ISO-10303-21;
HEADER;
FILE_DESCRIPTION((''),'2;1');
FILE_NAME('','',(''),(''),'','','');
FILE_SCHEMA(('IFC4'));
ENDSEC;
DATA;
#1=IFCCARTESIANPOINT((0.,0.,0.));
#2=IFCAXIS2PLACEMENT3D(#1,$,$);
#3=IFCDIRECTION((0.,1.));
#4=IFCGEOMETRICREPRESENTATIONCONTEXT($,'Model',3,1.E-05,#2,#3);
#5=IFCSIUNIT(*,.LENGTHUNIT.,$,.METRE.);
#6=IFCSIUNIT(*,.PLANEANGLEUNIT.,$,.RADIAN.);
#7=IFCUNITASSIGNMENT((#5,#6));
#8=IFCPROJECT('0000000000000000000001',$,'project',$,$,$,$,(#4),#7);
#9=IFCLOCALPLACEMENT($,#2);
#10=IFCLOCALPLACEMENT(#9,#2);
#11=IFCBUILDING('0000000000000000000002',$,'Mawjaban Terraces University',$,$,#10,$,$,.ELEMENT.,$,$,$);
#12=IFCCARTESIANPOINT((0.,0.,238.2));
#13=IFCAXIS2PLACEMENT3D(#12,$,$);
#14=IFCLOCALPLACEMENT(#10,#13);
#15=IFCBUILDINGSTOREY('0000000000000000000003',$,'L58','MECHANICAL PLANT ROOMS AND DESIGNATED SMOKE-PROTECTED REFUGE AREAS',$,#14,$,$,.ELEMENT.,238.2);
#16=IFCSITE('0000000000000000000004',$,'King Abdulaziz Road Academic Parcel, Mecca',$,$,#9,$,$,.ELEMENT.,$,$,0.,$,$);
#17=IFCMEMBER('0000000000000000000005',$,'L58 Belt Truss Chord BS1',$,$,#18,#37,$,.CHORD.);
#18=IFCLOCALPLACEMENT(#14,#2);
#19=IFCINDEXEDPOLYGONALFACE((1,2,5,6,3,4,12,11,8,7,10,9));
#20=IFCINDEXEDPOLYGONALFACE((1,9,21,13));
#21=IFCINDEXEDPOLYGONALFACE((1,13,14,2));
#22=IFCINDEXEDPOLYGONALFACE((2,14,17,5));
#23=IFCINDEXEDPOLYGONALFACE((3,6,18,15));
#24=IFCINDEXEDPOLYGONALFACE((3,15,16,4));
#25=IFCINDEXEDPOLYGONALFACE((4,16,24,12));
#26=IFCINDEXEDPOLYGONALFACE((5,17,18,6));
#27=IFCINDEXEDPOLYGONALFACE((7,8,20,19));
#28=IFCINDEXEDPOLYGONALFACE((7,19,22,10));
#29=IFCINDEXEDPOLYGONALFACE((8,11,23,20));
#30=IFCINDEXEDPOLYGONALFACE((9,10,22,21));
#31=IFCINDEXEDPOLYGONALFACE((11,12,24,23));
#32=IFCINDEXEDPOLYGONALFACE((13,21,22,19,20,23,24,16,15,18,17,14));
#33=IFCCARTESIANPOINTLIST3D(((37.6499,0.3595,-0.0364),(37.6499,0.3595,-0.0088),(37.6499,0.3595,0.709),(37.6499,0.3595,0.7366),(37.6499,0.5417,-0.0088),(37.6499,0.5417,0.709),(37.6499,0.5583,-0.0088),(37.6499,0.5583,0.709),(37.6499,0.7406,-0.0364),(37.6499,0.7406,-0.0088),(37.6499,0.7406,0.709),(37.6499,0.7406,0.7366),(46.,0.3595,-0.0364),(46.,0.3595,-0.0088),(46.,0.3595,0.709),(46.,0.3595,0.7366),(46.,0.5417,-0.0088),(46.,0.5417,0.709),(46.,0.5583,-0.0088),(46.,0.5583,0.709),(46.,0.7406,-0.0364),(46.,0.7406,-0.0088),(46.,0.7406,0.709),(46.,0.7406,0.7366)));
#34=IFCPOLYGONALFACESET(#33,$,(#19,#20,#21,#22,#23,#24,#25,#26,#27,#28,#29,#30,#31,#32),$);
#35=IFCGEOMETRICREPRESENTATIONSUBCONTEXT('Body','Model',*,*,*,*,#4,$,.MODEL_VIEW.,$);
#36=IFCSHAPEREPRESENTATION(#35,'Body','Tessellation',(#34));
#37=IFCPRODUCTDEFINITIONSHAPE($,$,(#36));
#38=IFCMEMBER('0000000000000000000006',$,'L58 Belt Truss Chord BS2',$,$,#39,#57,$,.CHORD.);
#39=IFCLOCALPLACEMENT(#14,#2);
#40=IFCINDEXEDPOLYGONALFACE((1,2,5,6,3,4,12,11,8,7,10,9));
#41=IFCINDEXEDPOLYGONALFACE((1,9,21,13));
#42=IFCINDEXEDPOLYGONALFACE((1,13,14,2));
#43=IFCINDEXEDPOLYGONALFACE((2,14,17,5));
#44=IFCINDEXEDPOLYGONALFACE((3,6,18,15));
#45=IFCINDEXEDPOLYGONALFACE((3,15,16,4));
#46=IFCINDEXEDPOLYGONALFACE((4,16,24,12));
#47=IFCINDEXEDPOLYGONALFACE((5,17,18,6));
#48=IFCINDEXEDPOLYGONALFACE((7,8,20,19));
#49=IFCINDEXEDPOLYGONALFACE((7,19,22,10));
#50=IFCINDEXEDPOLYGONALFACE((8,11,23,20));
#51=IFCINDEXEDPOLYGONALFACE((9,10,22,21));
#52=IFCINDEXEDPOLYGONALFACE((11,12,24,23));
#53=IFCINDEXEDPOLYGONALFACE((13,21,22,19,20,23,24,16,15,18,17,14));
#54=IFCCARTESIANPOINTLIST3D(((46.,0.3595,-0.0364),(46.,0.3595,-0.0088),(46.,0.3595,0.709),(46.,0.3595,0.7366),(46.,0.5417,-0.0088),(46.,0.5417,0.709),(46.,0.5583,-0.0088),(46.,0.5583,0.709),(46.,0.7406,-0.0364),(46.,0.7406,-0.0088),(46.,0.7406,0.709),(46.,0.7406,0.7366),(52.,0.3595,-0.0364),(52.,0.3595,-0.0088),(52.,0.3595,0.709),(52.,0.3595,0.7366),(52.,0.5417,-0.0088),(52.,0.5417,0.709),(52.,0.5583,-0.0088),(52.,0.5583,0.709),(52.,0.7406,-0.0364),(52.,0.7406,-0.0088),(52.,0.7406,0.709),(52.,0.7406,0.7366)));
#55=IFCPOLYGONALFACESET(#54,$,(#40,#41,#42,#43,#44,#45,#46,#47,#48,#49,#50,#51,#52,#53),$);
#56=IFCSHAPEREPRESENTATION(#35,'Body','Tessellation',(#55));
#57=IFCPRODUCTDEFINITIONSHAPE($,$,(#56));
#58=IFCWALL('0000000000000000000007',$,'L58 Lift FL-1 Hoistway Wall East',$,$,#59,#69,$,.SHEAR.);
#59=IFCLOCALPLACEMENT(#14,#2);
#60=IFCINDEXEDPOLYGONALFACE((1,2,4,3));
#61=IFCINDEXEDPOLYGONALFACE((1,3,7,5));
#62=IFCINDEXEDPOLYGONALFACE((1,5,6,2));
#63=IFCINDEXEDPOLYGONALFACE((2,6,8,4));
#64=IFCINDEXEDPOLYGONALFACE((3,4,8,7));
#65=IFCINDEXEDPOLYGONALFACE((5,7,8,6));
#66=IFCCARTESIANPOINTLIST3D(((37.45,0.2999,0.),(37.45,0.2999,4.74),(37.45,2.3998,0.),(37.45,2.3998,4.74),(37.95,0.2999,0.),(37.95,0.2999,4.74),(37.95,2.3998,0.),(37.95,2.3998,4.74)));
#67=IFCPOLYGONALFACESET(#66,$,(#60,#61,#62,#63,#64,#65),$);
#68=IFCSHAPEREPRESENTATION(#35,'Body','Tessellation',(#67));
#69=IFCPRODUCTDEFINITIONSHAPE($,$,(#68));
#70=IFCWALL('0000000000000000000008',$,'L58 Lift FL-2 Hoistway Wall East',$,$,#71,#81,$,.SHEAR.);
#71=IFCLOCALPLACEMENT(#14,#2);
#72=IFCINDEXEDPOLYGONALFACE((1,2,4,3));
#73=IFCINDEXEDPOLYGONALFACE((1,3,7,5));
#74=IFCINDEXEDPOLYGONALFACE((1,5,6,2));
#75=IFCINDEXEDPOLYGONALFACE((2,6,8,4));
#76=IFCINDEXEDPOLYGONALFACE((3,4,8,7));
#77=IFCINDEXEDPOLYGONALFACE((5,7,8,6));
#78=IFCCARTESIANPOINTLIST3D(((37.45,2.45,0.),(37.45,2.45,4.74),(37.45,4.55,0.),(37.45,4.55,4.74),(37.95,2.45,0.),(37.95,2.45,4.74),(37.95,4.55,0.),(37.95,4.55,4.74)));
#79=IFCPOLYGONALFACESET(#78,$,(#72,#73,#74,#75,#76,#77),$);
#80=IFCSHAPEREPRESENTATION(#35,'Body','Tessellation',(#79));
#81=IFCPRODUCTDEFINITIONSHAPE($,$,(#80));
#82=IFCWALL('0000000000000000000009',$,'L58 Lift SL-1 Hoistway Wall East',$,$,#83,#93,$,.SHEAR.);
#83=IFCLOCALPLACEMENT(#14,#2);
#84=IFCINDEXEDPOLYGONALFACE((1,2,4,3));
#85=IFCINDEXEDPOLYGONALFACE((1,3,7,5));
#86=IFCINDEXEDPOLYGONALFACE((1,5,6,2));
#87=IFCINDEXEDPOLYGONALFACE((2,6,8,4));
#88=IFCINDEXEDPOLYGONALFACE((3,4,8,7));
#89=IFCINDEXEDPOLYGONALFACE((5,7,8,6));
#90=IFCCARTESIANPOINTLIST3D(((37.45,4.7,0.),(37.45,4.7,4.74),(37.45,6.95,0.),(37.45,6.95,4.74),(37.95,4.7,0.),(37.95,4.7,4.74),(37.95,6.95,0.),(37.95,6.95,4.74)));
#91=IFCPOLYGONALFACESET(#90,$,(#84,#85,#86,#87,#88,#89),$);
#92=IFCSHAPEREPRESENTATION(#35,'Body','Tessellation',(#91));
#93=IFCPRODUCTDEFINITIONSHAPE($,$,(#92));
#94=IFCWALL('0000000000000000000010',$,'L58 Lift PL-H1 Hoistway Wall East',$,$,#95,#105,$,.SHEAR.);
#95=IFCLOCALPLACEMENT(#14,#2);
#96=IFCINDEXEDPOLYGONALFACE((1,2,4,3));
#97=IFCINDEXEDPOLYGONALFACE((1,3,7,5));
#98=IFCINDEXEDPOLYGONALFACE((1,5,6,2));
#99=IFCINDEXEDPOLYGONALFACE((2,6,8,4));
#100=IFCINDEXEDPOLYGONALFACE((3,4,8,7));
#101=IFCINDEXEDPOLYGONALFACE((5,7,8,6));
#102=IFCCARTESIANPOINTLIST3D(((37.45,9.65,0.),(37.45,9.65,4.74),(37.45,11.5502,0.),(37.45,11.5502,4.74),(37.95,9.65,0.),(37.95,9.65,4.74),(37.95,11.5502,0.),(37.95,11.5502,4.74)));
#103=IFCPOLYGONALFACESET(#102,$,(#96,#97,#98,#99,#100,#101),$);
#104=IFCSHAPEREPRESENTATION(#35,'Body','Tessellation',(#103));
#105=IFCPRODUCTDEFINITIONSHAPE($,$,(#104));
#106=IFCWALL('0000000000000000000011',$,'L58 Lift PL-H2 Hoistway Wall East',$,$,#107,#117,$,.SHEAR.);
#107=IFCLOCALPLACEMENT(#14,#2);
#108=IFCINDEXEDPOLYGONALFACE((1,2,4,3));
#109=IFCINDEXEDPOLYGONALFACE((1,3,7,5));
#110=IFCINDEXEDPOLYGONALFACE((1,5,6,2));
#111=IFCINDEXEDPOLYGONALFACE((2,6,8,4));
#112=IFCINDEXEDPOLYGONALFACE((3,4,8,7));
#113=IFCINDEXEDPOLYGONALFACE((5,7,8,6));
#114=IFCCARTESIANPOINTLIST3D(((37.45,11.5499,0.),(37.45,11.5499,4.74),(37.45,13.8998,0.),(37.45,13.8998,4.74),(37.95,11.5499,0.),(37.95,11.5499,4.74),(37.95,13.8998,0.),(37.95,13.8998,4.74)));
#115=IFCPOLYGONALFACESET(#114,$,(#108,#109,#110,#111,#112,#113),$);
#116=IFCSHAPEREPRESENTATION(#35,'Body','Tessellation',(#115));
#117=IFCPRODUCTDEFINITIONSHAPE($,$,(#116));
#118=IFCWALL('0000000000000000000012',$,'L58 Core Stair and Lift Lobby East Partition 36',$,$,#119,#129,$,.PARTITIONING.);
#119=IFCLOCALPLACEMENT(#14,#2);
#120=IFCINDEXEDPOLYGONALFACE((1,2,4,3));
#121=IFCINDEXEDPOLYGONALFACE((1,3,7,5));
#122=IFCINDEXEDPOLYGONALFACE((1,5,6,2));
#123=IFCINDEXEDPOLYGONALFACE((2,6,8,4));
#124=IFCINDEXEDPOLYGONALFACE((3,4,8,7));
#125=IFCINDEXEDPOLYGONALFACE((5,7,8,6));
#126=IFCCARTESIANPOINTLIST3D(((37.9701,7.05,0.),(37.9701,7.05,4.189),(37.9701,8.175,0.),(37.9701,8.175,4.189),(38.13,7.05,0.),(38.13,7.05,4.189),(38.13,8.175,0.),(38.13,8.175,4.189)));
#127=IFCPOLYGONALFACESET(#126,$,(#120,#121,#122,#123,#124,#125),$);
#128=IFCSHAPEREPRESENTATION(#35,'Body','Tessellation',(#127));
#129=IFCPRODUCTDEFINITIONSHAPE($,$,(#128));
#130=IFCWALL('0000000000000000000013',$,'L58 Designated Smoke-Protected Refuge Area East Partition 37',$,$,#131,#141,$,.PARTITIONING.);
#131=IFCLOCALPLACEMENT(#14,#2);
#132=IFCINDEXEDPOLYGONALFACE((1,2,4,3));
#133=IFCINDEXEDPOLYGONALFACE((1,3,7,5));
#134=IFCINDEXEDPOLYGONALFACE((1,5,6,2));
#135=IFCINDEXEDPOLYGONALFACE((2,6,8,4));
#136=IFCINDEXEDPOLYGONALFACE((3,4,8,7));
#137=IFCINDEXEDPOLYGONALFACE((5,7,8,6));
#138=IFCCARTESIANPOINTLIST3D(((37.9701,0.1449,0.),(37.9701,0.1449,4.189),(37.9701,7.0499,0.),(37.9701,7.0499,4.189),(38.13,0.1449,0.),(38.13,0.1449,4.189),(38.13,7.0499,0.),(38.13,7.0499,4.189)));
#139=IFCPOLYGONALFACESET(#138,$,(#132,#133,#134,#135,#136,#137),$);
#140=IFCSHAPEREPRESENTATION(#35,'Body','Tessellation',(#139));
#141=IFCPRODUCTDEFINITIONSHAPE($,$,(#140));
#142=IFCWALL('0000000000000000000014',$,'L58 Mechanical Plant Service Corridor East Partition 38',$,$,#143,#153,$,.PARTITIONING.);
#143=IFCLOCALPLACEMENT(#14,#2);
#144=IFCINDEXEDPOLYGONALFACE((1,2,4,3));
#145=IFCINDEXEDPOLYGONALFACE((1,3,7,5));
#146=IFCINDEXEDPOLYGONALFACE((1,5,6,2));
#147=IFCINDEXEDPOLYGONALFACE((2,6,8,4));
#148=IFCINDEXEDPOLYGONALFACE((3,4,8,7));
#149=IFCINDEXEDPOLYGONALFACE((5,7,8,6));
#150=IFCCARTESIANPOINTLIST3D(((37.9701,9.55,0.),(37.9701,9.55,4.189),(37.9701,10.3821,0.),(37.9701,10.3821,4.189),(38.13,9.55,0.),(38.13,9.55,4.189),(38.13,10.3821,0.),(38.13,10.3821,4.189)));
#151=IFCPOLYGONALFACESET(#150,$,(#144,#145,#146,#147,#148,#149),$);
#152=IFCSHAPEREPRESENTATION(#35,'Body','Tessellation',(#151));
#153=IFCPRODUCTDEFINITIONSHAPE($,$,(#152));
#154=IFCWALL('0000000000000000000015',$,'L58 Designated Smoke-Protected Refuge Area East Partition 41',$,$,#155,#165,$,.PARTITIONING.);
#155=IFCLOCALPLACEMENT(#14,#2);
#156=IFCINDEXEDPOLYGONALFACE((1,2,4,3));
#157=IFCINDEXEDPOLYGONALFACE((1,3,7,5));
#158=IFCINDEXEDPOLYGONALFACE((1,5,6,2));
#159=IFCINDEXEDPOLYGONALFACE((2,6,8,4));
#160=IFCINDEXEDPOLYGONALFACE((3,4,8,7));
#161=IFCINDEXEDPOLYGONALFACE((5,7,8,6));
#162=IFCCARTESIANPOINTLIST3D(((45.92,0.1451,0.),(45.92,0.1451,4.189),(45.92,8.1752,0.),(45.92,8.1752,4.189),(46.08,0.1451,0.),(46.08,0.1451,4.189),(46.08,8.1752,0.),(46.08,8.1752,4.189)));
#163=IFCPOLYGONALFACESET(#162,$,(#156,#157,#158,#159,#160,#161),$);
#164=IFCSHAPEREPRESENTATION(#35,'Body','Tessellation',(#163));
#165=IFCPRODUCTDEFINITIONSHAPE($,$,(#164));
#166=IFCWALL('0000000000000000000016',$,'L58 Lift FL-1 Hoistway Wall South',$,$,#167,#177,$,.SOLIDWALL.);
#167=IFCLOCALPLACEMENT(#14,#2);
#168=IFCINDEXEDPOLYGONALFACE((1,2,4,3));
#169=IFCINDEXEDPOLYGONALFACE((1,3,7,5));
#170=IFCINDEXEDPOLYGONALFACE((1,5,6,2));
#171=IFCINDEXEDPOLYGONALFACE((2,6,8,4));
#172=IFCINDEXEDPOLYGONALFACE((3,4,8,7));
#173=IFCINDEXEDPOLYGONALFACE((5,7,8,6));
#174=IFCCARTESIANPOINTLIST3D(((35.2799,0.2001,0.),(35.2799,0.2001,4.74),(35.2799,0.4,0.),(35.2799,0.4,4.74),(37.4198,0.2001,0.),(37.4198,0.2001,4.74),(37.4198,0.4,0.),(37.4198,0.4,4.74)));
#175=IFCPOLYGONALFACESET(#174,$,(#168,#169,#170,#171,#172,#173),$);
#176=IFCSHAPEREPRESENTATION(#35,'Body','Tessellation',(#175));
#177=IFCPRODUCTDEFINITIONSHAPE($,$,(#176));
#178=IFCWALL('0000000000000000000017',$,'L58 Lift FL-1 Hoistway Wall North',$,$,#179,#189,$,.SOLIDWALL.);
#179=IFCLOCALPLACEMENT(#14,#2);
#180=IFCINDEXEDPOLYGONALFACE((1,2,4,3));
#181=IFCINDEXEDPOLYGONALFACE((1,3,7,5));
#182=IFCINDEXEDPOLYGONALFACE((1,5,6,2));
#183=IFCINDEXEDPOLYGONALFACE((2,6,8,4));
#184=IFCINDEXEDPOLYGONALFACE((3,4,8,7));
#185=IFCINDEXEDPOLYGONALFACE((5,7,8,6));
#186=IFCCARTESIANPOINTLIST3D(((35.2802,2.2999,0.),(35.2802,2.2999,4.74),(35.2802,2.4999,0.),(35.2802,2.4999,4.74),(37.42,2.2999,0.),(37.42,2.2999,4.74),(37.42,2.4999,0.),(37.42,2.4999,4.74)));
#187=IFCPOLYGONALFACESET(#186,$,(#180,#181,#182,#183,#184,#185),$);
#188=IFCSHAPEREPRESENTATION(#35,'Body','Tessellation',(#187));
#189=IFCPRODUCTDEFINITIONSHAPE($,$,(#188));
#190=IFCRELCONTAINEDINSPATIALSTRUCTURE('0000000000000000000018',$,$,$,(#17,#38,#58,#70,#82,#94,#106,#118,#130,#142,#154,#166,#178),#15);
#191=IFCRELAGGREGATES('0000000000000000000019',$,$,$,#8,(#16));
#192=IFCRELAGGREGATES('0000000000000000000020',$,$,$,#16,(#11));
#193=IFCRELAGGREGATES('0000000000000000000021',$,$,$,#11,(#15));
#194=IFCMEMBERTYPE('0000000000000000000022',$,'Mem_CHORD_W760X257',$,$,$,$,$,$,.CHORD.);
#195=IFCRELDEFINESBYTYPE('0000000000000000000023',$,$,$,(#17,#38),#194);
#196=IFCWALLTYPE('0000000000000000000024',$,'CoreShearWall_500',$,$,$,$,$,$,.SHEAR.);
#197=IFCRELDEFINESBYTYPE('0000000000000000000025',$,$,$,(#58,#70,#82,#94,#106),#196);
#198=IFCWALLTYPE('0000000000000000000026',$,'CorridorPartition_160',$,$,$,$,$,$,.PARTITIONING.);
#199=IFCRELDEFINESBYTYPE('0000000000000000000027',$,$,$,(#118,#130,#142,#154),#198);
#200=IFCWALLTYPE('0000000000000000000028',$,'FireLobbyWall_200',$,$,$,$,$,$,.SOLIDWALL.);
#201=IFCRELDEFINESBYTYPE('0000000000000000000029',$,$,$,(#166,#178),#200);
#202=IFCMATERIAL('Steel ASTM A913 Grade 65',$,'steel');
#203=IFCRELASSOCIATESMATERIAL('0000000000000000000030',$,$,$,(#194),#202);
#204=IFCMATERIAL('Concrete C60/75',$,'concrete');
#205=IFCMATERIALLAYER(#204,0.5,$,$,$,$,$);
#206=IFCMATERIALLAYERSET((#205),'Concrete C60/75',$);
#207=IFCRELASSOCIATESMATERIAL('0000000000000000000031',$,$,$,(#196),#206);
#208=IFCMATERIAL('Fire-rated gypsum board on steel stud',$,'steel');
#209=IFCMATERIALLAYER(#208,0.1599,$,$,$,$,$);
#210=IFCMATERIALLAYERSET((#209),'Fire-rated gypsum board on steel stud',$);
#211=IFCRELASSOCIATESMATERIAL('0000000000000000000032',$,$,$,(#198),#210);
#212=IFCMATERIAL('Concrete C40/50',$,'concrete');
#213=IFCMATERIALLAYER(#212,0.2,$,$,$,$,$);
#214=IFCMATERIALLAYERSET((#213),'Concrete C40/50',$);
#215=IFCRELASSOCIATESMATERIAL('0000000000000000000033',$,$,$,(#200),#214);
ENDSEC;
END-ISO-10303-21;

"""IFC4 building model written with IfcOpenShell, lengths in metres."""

from ifc_helpers import new_model, si_unit, direction, frame, frame_2d, origin, origin_2d, place, context, subcontext, project, spatial, rectangle, i_section, extrude, material, layer, layer_set, material_profile, profile_set, type_object, element, save


model = new_model("IFC4")

# Units and contexts
model_context = context("Model", 3, precision=1e-05, world=origin(), true_north=direction((0.0, 1.0)))
body_context = subcontext(model_context, "Body", "Model", "MODEL_VIEW")
ifc_project = project(units=[si_unit("LENGTHUNIT", "METRE"), si_unit("PLANEANGLEUNIT", "RADIAN")], contexts=[model_context])

# Site, building, storey
site_placement = place(None, origin())
site = spatial("IfcSite", under=ifc_project, at=site_placement, Name="King Abdulaziz Road Academic Parcel, Mecca", CompositionType="ELEMENT", RefElevation=0.0)
building_placement = place(site_placement, origin())
building = spatial("IfcBuilding", under=site, at=building_placement, Name="Mawjaban Terraces University", CompositionType="ELEMENT")
storey_placement = place(building_placement, frame((0.0, 0.0, 238.2)))
storey = spatial("IfcBuildingStorey", under=building, at=storey_placement, Name="L58", Description="MECHANICAL PLANT ROOMS AND DESIGNATED SMOKE-PROTECTED REFUGE AREAS", CompositionType="ELEMENT", Elevation=238.2)

# Shared definitions
ifc_material_1 = material(Name="Concrete C60/75", Category="concrete")

# Members
ifc_material_2 = material(Name="Steel ASTM A913 Grade 65", Category="steel")
ifc_material_profile_1 = material_profile(ifc_material_2, i_section(OverallWidth=0.3811, OverallDepth=0.7729, WebThickness=0.0166, FlangeThickness=0.0276, at=origin_2d()), Name="W760X257")
ifc_profile_set_1 = profile_set([ifc_material_profile_1], Name="Steel ASTM A913 Grade 65")
member_type_1 = type_object("IfcMemberType", Name="Mem_CHORD_W760X257", PredefinedType="CHORD", material=ifc_profile_set_1)
member_1_placement = place(storey_placement, frame((37.6499, 0.55, 0.3501), z_axis=(1.0, 0.0, 0.0), x_axis=(0.0, 1.0, 0.0)))
element("IfcMember", 1, at=member_1_placement, inside=storey, type_object=member_type_1, Name="L58 Belt Truss Chord BS1", PredefinedType="CHORD", context=body_context, shape_type="SweptSolid", body=[
    extrude(i_section(OverallWidth=0.3811, OverallDepth=0.7729, WebThickness=0.0166, FlangeThickness=0.0276, at=origin_2d()), origin(), (0.0, 0.0, 1.0), 8.3501),
])
member_2_placement = place(storey_placement, frame((46.0, 0.55, 0.3501), z_axis=(1.0, 0.0, 0.0), x_axis=(0.0, 1.0, 0.0)))
element("IfcMember", 2, at=member_2_placement, inside=storey, type_object=member_type_1, Name="L58 Belt Truss Chord BS2", PredefinedType="CHORD", context=body_context, shape_type="SweptSolid", body=[
    extrude(i_section(OverallWidth=0.3811, OverallDepth=0.7729, WebThickness=0.0166, FlangeThickness=0.0276, at=origin_2d()), origin(), (0.0, 0.0, 1.0), 6.0),
])

# Walls
ifc_layer_1 = layer(ifc_material_1, 0.5)
ifc_layer_set_1 = layer_set([ifc_layer_1], Name="Concrete C60/75")
wall_type_1 = type_object("IfcWallType", Name="CoreShearWall_500", PredefinedType="SHEAR", material=ifc_layer_set_1)
wall_1_placement = place(storey_placement, frame((37.7, 0.3, 0.0), z_axis=(0.0, 0.0, 1.0), x_axis=(0.0, 1.0, 0.0)))
element("IfcWall", 3, at=wall_1_placement, inside=storey, type_object=wall_type_1, Name="L58 Lift FL-1 Hoistway Wall East", PredefinedType="SHEAR", context=body_context, shape_type="SweptSolid", body=[
    extrude(rectangle(XDim=2.0999, YDim=0.5, at=frame_2d((1.0498, 0.0))), origin(), (0.0, 0.0, 1.0), 4.74),
])
wall_2_placement = place(storey_placement, frame((37.7, 2.45, 0.0), z_axis=(0.0, 0.0, 1.0), x_axis=(0.0, 1.0, 0.0)))
element("IfcWall", 4, at=wall_2_placement, inside=storey, type_object=wall_type_1, Name="L58 Lift FL-2 Hoistway Wall East", PredefinedType="SHEAR", context=body_context, shape_type="SweptSolid", body=[
    extrude(rectangle(XDim=2.1001, YDim=0.5, at=frame_2d((1.05, 0.0))), origin(), (0.0, 0.0, 1.0), 4.74),
])
wall_3_placement = place(storey_placement, frame((37.7, 4.7, 0.0), z_axis=(0.0, 0.0, 1.0), x_axis=(0.0, 1.0, 0.0)))
element("IfcWall", 5, at=wall_3_placement, inside=storey, type_object=wall_type_1, Name="L58 Lift SL-1 Hoistway Wall East", PredefinedType="SHEAR", context=body_context, shape_type="SweptSolid", body=[
    extrude(rectangle(XDim=2.25, YDim=0.5, at=frame_2d((1.125, 0.0))), origin(), (0.0, 0.0, 1.0), 4.74),
])
wall_4_placement = place(storey_placement, frame((37.7, 9.6499, 0.0), z_axis=(0.0, 0.0, 1.0), x_axis=(0.0, 1.0, 0.0)))
element("IfcWall", 6, at=wall_4_placement, inside=storey, type_object=wall_type_1, Name="L58 Lift PL-H1 Hoistway Wall East", PredefinedType="SHEAR", context=body_context, shape_type="SweptSolid", body=[
    extrude(rectangle(XDim=1.9001, YDim=0.5, at=frame_2d((0.9502, 0.0))), origin(), (0.0, 0.0, 1.0), 4.74),
])
wall_5_placement = place(storey_placement, frame((37.7, 11.55, 0.0), z_axis=(0.0, 0.0, 1.0), x_axis=(0.0, 1.0, 0.0)))
element("IfcWall", 7, at=wall_5_placement, inside=storey, type_object=wall_type_1, Name="L58 Lift PL-H2 Hoistway Wall East", PredefinedType="SHEAR", context=body_context, shape_type="SweptSolid", body=[
    extrude(rectangle(XDim=2.3499, YDim=0.5, at=frame_2d((1.1748, 0.0))), origin(), (0.0, 0.0, 1.0), 4.74),
])
ifc_material_3 = material(Name="Fire-rated gypsum board on steel stud", Category="steel")
ifc_layer_2 = layer(ifc_material_3, 0.1599)
ifc_layer_set_2 = layer_set([ifc_layer_2], Name="Fire-rated gypsum board on steel stud")
wall_type_2 = type_object("IfcWallType", Name="CorridorPartition_160", PredefinedType="PARTITIONING", material=ifc_layer_set_2)
wall_6_placement = place(storey_placement, frame((38.05, 7.05, 0.0), z_axis=(0.0, 0.0, 1.0), x_axis=(0.0, 1.0, 0.0)))
element("IfcWall", 8, at=wall_6_placement, inside=storey, type_object=wall_type_2, Name="L58 Core Stair and Lift Lobby East Partition 36", PredefinedType="PARTITIONING", context=body_context, shape_type="SweptSolid", body=[
    extrude(rectangle(XDim=1.125, YDim=0.1599, at=frame_2d((0.5625, 0.0))), origin(), (0.0, 0.0, 1.0), 4.189),
])
wall_7_placement = place(storey_placement, frame((38.05, 7.05, 0.0), z_axis=(0.0, 0.0, 1.0), x_axis=(0.0, -1.0, 0.0)))
element("IfcWall", 9, at=wall_7_placement, inside=storey, type_object=wall_type_2, Name="L58 Designated Smoke-Protected Refuge Area East Partition 37", PredefinedType="PARTITIONING", context=body_context, shape_type="SweptSolid", body=[
    extrude(rectangle(XDim=6.905, YDim=0.1599, at=frame_2d((3.4526, 0.0))), origin(), (0.0, 0.0, 1.0), 4.189),
])
wall_8_placement = place(storey_placement, frame((38.05, 10.3821, 0.0), z_axis=(0.0, 0.0, 1.0), x_axis=(0.0, -1.0, 0.0)))
element("IfcWall", 10, at=wall_8_placement, inside=storey, type_object=wall_type_2, Name="L58 Mechanical Plant Service Corridor East Partition 38", PredefinedType="PARTITIONING", context=body_context, shape_type="SweptSolid", body=[
    extrude(rectangle(XDim=0.832, YDim=0.1599, at=frame_2d((0.416, 0.0))), origin(), (0.0, 0.0, 1.0), 4.189),
])
wall_9_placement = place(storey_placement, frame((46.0, 0.145, 0.0), z_axis=(0.0, 0.0, 1.0), x_axis=(0.0, 1.0, 0.0)))
element("IfcWall", 11, at=wall_9_placement, inside=storey, type_object=wall_type_2, Name="L58 Designated Smoke-Protected Refuge Area East Partition 41", PredefinedType="PARTITIONING", context=body_context, shape_type="SweptSolid", body=[
    extrude(rectangle(XDim=8.03, YDim=0.1599, at=frame_2d((4.0151, 0.0))), origin(), (0.0, 0.0, 1.0), 4.189),
])
ifc_material_4 = material(Name="Concrete C40/50", Category="concrete")
ifc_layer_3 = layer(ifc_material_4, 0.2)
ifc_layer_set_3 = layer_set([ifc_layer_3], Name="Concrete C40/50")
wall_type_3 = type_object("IfcWallType", Name="FireLobbyWall_200", PredefinedType="SOLIDWALL", material=ifc_layer_set_3)
for number, where, z_axis, x_axis, name in (
    (12, (35.28, 0.3, 0.0), (0.0, 0.0, 1.0), (1.0, 0.0, 0.0), "L58 Lift FL-1 Hoistway Wall South"),
    (13, (37.4199, 2.3999, 0.0), (0.0, 0.0, 1.0), (-1.0, 0.0, 0.0), "L58 Lift FL-1 Hoistway Wall North"),
):
    element("IfcWall", number, at=place(storey_placement, frame(where, z_axis=z_axis, x_axis=x_axis)), inside=storey, type_object=wall_type_3, Name=name, PredefinedType="SOLIDWALL", context=body_context, shape_type="SweptSolid", body=[
        extrude(rectangle(XDim=2.1399, YDim=0.2, at=frame_2d((1.0698, 0.0))), origin(), (0.0, 0.0, 1.0), 4.74),
    ])

save(model, "model.ifc")
